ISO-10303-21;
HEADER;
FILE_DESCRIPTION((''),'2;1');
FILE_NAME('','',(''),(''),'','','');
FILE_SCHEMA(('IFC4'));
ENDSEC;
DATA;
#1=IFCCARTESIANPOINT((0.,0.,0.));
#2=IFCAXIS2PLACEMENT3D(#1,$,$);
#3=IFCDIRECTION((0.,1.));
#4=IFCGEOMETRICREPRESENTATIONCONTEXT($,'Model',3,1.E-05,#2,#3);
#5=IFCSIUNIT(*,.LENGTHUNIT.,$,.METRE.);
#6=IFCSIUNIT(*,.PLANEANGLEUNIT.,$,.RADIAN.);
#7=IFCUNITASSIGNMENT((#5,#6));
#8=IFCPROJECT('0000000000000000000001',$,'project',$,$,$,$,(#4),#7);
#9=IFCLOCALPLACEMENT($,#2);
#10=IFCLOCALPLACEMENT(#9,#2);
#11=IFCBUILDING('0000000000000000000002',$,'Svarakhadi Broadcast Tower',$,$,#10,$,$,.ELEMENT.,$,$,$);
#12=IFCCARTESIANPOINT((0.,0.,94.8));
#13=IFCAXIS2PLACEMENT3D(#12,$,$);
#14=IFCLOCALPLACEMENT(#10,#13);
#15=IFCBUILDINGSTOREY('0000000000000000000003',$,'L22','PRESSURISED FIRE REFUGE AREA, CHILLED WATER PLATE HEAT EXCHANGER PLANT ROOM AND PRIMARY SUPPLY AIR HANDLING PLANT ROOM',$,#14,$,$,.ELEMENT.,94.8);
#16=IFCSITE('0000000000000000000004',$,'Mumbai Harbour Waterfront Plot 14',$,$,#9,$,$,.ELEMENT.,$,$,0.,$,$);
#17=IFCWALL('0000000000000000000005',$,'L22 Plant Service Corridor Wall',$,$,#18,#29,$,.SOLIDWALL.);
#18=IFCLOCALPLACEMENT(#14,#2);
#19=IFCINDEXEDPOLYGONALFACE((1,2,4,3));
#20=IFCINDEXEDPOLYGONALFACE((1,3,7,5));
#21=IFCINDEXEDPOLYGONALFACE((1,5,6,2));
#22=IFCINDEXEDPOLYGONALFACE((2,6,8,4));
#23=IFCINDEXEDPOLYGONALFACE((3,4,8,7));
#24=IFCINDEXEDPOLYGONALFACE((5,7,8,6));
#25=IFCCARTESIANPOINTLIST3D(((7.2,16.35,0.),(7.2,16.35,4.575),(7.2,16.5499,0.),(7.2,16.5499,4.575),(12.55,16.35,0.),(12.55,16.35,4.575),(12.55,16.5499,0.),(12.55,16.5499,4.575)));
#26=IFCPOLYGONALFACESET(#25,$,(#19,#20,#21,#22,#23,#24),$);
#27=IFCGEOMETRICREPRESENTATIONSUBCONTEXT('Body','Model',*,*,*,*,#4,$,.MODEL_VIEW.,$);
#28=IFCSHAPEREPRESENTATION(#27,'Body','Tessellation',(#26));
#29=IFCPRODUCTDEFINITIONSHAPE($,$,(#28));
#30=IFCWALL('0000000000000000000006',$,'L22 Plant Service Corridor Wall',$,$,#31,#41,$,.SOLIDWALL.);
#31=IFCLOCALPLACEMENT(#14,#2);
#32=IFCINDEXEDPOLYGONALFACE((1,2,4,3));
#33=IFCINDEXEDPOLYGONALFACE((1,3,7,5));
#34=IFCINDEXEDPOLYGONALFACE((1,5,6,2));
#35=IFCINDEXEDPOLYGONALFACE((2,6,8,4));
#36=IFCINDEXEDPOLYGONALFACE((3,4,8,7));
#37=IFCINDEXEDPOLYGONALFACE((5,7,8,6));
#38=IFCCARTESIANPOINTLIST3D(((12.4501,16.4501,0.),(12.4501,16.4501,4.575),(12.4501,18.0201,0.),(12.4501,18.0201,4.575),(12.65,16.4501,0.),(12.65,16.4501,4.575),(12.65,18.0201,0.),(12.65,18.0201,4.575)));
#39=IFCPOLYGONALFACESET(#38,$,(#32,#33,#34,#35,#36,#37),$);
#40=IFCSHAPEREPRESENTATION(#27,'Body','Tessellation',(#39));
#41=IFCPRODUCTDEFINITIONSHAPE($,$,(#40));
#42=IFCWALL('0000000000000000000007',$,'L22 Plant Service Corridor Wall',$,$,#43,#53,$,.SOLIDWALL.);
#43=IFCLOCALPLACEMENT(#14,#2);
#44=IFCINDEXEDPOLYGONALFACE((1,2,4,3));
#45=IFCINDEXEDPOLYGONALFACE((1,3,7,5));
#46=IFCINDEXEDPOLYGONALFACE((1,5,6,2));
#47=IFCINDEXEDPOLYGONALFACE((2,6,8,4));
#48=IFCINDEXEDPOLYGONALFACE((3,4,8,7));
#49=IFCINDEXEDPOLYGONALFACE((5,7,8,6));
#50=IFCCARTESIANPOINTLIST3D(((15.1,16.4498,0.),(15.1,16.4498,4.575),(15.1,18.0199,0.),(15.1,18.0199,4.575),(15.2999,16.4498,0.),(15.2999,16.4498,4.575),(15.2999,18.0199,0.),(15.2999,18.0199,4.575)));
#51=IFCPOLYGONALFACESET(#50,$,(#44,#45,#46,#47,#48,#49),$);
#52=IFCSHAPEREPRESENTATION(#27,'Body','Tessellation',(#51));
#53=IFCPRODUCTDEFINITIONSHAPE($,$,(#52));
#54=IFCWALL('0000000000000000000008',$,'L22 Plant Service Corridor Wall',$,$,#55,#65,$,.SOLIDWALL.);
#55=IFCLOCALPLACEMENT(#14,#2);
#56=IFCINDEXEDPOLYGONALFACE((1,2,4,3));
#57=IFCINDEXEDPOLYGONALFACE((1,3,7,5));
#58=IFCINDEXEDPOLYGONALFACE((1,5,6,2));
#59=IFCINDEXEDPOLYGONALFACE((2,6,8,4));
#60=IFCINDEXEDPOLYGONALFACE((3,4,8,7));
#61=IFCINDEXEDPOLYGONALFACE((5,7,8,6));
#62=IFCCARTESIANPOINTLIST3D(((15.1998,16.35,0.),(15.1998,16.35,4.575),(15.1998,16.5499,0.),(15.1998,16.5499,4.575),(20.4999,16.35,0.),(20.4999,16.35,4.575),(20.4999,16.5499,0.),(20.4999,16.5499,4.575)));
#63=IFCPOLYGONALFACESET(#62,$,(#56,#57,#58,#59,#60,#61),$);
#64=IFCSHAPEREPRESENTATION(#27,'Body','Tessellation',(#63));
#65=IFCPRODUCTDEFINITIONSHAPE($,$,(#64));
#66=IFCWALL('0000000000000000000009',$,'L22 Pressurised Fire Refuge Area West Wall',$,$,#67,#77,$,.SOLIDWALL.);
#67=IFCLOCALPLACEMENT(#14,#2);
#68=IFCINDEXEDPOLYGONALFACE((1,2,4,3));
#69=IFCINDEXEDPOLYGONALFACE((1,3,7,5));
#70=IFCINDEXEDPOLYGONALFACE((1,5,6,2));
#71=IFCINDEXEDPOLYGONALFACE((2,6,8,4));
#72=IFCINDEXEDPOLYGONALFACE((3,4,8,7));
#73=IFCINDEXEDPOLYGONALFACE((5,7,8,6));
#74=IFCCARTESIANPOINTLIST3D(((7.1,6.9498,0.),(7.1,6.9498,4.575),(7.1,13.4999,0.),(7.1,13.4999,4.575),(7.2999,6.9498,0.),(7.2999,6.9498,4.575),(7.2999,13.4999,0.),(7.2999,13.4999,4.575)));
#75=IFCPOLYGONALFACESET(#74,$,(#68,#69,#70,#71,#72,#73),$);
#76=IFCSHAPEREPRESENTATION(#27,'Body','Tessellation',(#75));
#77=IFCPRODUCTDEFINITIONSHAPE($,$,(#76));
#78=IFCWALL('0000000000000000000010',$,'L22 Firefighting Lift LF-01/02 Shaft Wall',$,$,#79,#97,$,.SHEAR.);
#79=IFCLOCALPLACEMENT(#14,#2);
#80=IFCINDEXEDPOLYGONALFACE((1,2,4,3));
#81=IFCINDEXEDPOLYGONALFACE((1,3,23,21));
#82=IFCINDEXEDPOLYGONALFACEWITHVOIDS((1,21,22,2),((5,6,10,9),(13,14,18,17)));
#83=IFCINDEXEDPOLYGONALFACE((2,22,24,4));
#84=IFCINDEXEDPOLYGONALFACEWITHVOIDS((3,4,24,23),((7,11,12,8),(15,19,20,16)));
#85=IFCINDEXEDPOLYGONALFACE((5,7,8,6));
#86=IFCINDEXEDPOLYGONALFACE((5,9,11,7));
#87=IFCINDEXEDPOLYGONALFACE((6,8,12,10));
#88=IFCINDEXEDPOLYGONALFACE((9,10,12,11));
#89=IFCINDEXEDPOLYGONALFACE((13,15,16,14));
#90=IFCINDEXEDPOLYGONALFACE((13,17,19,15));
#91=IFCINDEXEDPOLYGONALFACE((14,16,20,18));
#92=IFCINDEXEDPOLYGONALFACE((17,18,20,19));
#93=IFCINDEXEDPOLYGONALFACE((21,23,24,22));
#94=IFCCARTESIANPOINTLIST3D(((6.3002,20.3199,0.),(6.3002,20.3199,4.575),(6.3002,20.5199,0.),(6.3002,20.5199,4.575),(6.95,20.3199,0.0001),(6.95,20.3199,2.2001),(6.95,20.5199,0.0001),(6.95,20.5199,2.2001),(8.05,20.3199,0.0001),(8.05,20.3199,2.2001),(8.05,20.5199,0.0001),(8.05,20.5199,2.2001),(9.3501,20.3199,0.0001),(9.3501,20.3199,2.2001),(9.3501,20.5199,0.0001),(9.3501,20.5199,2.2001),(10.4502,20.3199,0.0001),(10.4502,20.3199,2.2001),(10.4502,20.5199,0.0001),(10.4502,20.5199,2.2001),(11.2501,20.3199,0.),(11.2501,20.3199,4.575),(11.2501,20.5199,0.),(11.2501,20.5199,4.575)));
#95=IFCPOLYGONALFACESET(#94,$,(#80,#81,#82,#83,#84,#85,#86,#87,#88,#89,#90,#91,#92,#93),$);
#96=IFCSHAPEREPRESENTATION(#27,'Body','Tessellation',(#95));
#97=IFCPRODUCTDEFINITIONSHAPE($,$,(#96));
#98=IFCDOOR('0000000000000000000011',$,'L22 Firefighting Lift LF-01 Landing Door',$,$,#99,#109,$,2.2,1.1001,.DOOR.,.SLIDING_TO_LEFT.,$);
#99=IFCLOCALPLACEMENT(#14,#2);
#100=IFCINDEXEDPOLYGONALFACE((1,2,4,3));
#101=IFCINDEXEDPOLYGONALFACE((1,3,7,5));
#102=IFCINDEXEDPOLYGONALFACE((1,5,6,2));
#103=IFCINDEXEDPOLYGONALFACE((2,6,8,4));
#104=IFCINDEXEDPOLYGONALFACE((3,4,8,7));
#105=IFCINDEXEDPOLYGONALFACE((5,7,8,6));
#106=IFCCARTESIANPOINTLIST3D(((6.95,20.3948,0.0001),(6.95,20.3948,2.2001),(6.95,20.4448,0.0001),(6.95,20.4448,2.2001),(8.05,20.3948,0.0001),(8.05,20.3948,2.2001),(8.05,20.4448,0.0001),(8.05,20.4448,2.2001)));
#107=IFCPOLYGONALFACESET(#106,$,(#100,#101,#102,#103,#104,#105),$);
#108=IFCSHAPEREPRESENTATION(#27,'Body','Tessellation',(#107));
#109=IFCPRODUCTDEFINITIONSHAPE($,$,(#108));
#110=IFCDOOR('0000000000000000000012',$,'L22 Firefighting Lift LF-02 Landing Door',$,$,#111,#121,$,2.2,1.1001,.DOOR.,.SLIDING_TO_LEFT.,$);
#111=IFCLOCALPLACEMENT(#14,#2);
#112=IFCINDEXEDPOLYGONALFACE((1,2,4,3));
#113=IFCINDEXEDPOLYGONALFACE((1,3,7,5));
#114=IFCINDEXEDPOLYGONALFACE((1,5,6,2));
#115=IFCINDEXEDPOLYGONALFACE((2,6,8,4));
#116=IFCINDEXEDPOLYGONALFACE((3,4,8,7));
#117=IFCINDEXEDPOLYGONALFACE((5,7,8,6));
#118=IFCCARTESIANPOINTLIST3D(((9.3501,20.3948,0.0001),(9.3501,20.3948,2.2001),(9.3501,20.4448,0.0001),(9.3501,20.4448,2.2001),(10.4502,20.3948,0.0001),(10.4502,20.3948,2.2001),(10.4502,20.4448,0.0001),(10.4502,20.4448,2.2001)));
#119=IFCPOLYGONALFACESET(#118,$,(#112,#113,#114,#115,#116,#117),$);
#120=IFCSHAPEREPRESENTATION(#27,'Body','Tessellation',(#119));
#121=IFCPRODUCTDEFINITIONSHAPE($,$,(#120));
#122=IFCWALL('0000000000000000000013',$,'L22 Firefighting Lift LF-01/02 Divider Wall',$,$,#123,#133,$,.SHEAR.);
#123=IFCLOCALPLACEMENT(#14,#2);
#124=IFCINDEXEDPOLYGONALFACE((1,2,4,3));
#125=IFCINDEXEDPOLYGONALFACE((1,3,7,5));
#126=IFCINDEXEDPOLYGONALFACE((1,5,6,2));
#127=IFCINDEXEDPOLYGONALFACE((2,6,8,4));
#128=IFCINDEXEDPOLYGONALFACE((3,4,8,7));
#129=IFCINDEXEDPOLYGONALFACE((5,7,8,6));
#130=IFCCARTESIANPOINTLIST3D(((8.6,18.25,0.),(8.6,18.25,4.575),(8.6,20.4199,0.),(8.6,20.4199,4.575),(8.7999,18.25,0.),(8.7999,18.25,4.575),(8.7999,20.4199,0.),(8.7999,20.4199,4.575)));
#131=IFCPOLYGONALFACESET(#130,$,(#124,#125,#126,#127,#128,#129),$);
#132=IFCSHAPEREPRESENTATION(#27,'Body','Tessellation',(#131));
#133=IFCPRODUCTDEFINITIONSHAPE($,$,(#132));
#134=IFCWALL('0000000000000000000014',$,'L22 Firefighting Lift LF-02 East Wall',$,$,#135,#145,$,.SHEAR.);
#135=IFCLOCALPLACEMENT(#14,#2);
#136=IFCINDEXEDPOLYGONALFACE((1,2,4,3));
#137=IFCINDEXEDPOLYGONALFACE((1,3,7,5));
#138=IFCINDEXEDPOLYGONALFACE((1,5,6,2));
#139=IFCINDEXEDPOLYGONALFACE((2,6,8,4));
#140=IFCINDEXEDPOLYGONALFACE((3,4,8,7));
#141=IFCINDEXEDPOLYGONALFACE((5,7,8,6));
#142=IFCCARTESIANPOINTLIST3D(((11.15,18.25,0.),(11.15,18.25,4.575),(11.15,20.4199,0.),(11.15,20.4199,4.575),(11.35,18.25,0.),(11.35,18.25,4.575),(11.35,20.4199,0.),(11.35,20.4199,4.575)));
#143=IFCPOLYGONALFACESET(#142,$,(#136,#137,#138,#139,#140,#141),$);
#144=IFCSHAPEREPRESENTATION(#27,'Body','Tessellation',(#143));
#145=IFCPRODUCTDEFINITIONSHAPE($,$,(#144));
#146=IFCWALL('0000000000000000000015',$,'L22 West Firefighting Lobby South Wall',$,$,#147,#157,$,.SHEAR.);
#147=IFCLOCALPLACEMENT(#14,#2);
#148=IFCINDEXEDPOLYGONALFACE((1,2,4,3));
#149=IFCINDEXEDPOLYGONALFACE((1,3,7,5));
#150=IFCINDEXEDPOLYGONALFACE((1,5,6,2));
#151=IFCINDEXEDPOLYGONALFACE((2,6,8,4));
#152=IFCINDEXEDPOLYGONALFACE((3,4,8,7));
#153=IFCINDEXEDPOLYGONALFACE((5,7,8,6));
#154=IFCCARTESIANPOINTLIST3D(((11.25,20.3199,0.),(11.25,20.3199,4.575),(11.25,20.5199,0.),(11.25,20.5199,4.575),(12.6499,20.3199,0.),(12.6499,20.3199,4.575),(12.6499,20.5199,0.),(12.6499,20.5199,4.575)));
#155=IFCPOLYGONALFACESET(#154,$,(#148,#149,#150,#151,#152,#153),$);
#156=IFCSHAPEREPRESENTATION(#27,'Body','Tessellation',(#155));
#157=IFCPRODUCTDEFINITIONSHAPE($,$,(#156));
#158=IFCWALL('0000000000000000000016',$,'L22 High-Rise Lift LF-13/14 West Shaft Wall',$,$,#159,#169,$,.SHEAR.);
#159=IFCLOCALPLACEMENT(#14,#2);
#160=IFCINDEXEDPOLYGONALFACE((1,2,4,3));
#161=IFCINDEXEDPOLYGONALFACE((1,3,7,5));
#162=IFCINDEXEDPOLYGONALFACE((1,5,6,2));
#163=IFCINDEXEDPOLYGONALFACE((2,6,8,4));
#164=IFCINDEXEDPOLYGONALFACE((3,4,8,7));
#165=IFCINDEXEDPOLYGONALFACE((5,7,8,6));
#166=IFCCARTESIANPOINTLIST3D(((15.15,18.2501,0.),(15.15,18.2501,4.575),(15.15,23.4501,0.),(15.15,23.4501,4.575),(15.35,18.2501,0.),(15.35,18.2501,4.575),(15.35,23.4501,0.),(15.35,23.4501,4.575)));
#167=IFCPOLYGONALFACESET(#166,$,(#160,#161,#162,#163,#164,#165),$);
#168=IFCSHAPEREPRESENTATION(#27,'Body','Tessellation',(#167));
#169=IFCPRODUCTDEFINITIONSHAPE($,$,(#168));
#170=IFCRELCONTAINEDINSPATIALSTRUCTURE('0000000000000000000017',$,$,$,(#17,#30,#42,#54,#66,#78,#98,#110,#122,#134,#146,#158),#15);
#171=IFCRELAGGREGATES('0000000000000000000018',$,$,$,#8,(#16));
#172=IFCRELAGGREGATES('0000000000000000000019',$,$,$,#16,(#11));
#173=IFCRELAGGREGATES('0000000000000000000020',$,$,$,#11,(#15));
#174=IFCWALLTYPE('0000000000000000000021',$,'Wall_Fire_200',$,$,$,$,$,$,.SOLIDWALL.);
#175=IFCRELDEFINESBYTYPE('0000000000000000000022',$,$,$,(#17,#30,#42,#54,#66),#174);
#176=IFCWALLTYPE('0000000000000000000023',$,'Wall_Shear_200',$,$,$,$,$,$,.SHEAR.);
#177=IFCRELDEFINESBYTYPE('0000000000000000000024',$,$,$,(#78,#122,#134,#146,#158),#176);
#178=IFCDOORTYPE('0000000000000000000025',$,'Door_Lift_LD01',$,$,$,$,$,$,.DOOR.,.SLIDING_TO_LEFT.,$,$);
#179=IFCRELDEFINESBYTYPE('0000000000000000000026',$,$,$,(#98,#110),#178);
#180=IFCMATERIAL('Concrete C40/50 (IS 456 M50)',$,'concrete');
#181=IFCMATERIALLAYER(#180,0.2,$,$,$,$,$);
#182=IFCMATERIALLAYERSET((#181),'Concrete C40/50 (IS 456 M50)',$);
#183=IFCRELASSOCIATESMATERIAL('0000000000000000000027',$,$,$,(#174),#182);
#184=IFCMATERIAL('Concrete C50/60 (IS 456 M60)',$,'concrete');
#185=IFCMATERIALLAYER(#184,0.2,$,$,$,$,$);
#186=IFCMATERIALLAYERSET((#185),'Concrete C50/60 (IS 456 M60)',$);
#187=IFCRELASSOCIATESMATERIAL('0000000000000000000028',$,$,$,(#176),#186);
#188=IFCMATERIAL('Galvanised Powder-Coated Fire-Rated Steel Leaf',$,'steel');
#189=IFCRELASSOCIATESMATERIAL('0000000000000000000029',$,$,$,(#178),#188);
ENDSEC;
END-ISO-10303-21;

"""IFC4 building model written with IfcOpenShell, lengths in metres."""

from ifc_helpers import new_model, si_unit, direction, frame, frame_2d, origin, place, context, subcontext, project, spatial, rectangle, extrude, material, layer, layer_set, type_object, element, fill, save


model = new_model("IFC4")

# Units and contexts
model_context = context("Model", 3, precision=1e-05, world=origin(), true_north=direction((0.0, 1.0)))
body_context = subcontext(model_context, "Body", "Model", "MODEL_VIEW")
ifc_project = project(units=[si_unit("LENGTHUNIT", "METRE"), si_unit("PLANEANGLEUNIT", "RADIAN")], contexts=[model_context])

# Site, building, storey
site_placement = place(None, origin())
site = spatial("IfcSite", under=ifc_project, at=site_placement, Name="Mumbai Harbour Waterfront Plot 14", CompositionType="ELEMENT", RefElevation=0.0)
building_placement = place(site_placement, origin())
building = spatial("IfcBuilding", under=site, at=building_placement, Name="Svarakhadi Broadcast Tower", CompositionType="ELEMENT")
storey_placement = place(building_placement, frame((0.0, 0.0, 94.8)))
storey = spatial("IfcBuildingStorey", under=building, at=storey_placement, Name="L22", Description="PRESSURISED FIRE REFUGE AREA, CHILLED WATER PLATE HEAT EXCHANGER PLANT ROOM AND PRIMARY SUPPLY AIR HANDLING PLANT ROOM", CompositionType="ELEMENT", Elevation=94.8)

# Shared definitions
ifc_material_1 = material(Name="Concrete C40/50 (IS 456 M50)", Category="concrete")
ifc_layer_1 = layer(ifc_material_1, 0.2)
ifc_layer_set_1 = layer_set([ifc_layer_1], Name="Concrete C40/50 (IS 456 M50)")
wall_type_1 = type_object("IfcWallType", Name="Wall_Fire_200", PredefinedType="SOLIDWALL", material=ifc_layer_set_1)
ifc_material_2 = material(Name="Galvanised Powder-Coated Fire-Rated Steel Leaf", Category="steel")

# Walls
wall_1_placement = place(storey_placement, frame((7.2, 16.45, 0.0), z_axis=(0.0, 0.0, 1.0), x_axis=(1.0, 0.0, 0.0)))
element("IfcWall", 1, at=wall_1_placement, inside=storey, type_object=wall_type_1, Name="L22 Plant Service Corridor Wall", PredefinedType="SOLIDWALL", context=body_context, shape_type="SweptSolid", body=[
    extrude(rectangle(XDim=5.3501, YDim=0.2, at=frame_2d((2.675, 0.0))), origin(), (0.0, 0.0, 1.0), 4.575),
])
for number, where, z_axis, x_axis, name in (
    (2, (12.55, 16.45, 0.0), (0.0, 0.0, 1.0), (0.0, 1.0, 0.0), "L22 Plant Service Corridor Wall"),
    (3, (15.2, 18.02, 0.0), (0.0, 0.0, 1.0), (0.0, -1.0, 0.0), "L22 Plant Service Corridor Wall"),
):
    element("IfcWall", number, at=place(storey_placement, frame(where, z_axis=z_axis, x_axis=x_axis)), inside=storey, type_object=wall_type_1, Name=name, PredefinedType="SOLIDWALL", context=body_context, shape_type="SweptSolid", body=[
        extrude(rectangle(XDim=1.5701, YDim=0.2, at=frame_2d((0.7852, 0.0))), origin(), (0.0, 0.0, 1.0), 4.575),
    ])
wall_2_placement = place(storey_placement, frame((15.2, 16.45, 0.0), z_axis=(0.0, 0.0, 1.0), x_axis=(1.0, 0.0, 0.0)))
element("IfcWall", 4, at=wall_2_placement, inside=storey, type_object=wall_type_1, Name="L22 Plant Service Corridor Wall", PredefinedType="SOLIDWALL", context=body_context, shape_type="SweptSolid", body=[
    extrude(rectangle(XDim=5.3, YDim=0.2, at=frame_2d((2.6499, 0.0))), origin(), (0.0, 0.0, 1.0), 4.575),
])
wall_3_placement = place(storey_placement, frame((7.2, 6.95, 0.0), z_axis=(0.0, 0.0, 1.0), x_axis=(0.0, 1.0, 0.0)))
element("IfcWall", 5, at=wall_3_placement, inside=storey, type_object=wall_type_1, Name="L22 Pressurised Fire Refuge Area West Wall", PredefinedType="SOLIDWALL", context=body_context, shape_type="SweptSolid", body=[
    extrude(rectangle(XDim=6.55, YDim=0.2, at=frame_2d((3.2749, 0.0))), origin(), (0.0, 0.0, 1.0), 4.575),
])

# Wall, openings, doors
ifc_material_3 = material(Name="Concrete C50/60 (IS 456 M60)", Category="concrete")
ifc_layer_2 = layer(ifc_material_3, 0.2)
ifc_layer_set_2 = layer_set([ifc_layer_2], Name="Concrete C50/60 (IS 456 M60)")
wall_type_2 = type_object("IfcWallType", Name="Wall_Shear_200", PredefinedType="SHEAR", material=ifc_layer_set_2)
wall_4_placement = place(storey_placement, frame((6.3, 20.4199, 0.0), z_axis=(0.0, 0.0, 1.0), x_axis=(1.0, 0.0, 0.0)))
wall_4 = element("IfcWall", 6, at=wall_4_placement, inside=storey, type_object=wall_type_2, Name="L22 Firefighting Lift LF-01/02 Shaft Wall", PredefinedType="SHEAR", context=body_context, shape_type="SweptSolid", body=[
    extrude(rectangle(XDim=4.95, YDim=0.2, at=frame_2d((2.4751, 0.0))), origin(), (0.0, 0.0, 1.0), 4.575),
])
opening_1_placement = place(wall_4_placement, frame((0.6499, 0.0, 0.0)))
opening_1 = element("IfcOpeningElement", 7, at=opening_1_placement, cuts=wall_4, PredefinedType="OPENING", context=body_context, shape_type="SweptSolid", body=[
    extrude(rectangle(XDim=1.1001, YDim=2.2, at=frame_2d((0.55, 1.1001))), frame((0.0, 0.1099, 0.0), z_axis=(0.0, -1.0, 0.0), x_axis=(1.0, 0.0, 0.0)), (0.0, 0.0, 1.0), 0.22),
])
opening_2_placement = place(wall_4_placement, frame((3.05, 0.0, 0.0)))
opening_2 = element("IfcOpeningElement", 8, at=opening_2_placement, cuts=wall_4, PredefinedType="OPENING", context=body_context, shape_type="SweptSolid", body=[
    extrude(rectangle(XDim=1.1001, YDim=2.2, at=frame_2d((0.55, 1.1001))), frame((0.0, 0.1099, 0.0), z_axis=(0.0, -1.0, 0.0), x_axis=(1.0, 0.0, 0.0)), (0.0, 0.0, 1.0), 0.22),
])
door_type_1 = type_object("IfcDoorType", Name="Door_Lift_LD01", OperationType="SLIDING_TO_LEFT", PredefinedType="DOOR", material=ifc_material_2)
door_1_placement = place(opening_1_placement, origin())
door_1 = element("IfcDoor", 9, at=door_1_placement, inside=storey, type_object=door_type_1, Name="L22 Firefighting Lift LF-01 Landing Door", OperationType="SLIDING_TO_LEFT", OverallHeight=2.2, OverallWidth=1.1001, PredefinedType="DOOR", context=body_context, shape_type="SweptSolid", body=[
    extrude(rectangle(XDim=1.1001, YDim=2.2, at=frame_2d((0.55, 1.1001))), frame((0.0, 0.0249, 0.0), z_axis=(0.0, -1.0, 0.0), x_axis=(1.0, 0.0, 0.0)), (0.0, 0.0, 1.0), 0.05),
])
fill(opening_1, door_1)
door_2_placement = place(opening_2_placement, origin())
door_2 = element("IfcDoor", 10, at=door_2_placement, inside=storey, type_object=door_type_1, Name="L22 Firefighting Lift LF-02 Landing Door", OperationType="SLIDING_TO_LEFT", OverallHeight=2.2, OverallWidth=1.1001, PredefinedType="DOOR", context=body_context, shape_type="SweptSolid", body=[
    extrude(rectangle(XDim=1.1001, YDim=2.2, at=frame_2d((0.55, 1.1001))), frame((0.0, 0.0249, 0.0), z_axis=(0.0, -1.0, 0.0), x_axis=(1.0, 0.0, 0.0)), (0.0, 0.0, 1.0), 0.05),
])
fill(opening_2, door_2)

# Walls
for number, where, z_axis, x_axis, name in (
    (11, (8.7, 18.25, 0.0), (0.0, 0.0, 1.0), (0.0, 1.0, 0.0), "L22 Firefighting Lift LF-01/02 Divider Wall"),
    (12, (11.25, 18.25, 0.0), (0.0, 0.0, 1.0), (0.0, 1.0, 0.0), "L22 Firefighting Lift LF-02 East Wall"),
):
    element("IfcWall", number, at=place(storey_placement, frame(where, z_axis=z_axis, x_axis=x_axis)), inside=storey, type_object=wall_type_2, Name=name, PredefinedType="SHEAR", context=body_context, shape_type="SweptSolid", body=[
        extrude(rectangle(XDim=2.1699, YDim=0.2, at=frame_2d((1.085, 0.0))), origin(), (0.0, 0.0, 1.0), 4.575),
    ])
wall_5_placement = place(storey_placement, frame((11.25, 20.4199, 0.0), z_axis=(0.0, 0.0, 1.0), x_axis=(1.0, 0.0, 0.0)))
element("IfcWall", 13, at=wall_5_placement, inside=storey, type_object=wall_type_2, Name="L22 West Firefighting Lobby South Wall", PredefinedType="SHEAR", context=body_context, shape_type="SweptSolid", body=[
    extrude(rectangle(XDim=1.3999, YDim=0.2, at=frame_2d((0.7, 0.0))), origin(), (0.0, 0.0, 1.0), 4.575),
])
wall_6_placement = place(storey_placement, frame((15.25, 18.25, 0.0), z_axis=(0.0, 0.0, 1.0), x_axis=(0.0, 1.0, 0.0)))
element("IfcWall", 14, at=wall_6_placement, inside=storey, type_object=wall_type_2, Name="L22 High-Rise Lift LF-13/14 West Shaft Wall", PredefinedType="SHEAR", context=body_context, shape_type="SweptSolid", body=[
    extrude(rectangle(XDim=5.2, YDim=0.2, at=frame_2d((2.6001, 0.0))), origin(), (0.0, 0.0, 1.0), 4.575),
])

save(model, "model.ifc")
